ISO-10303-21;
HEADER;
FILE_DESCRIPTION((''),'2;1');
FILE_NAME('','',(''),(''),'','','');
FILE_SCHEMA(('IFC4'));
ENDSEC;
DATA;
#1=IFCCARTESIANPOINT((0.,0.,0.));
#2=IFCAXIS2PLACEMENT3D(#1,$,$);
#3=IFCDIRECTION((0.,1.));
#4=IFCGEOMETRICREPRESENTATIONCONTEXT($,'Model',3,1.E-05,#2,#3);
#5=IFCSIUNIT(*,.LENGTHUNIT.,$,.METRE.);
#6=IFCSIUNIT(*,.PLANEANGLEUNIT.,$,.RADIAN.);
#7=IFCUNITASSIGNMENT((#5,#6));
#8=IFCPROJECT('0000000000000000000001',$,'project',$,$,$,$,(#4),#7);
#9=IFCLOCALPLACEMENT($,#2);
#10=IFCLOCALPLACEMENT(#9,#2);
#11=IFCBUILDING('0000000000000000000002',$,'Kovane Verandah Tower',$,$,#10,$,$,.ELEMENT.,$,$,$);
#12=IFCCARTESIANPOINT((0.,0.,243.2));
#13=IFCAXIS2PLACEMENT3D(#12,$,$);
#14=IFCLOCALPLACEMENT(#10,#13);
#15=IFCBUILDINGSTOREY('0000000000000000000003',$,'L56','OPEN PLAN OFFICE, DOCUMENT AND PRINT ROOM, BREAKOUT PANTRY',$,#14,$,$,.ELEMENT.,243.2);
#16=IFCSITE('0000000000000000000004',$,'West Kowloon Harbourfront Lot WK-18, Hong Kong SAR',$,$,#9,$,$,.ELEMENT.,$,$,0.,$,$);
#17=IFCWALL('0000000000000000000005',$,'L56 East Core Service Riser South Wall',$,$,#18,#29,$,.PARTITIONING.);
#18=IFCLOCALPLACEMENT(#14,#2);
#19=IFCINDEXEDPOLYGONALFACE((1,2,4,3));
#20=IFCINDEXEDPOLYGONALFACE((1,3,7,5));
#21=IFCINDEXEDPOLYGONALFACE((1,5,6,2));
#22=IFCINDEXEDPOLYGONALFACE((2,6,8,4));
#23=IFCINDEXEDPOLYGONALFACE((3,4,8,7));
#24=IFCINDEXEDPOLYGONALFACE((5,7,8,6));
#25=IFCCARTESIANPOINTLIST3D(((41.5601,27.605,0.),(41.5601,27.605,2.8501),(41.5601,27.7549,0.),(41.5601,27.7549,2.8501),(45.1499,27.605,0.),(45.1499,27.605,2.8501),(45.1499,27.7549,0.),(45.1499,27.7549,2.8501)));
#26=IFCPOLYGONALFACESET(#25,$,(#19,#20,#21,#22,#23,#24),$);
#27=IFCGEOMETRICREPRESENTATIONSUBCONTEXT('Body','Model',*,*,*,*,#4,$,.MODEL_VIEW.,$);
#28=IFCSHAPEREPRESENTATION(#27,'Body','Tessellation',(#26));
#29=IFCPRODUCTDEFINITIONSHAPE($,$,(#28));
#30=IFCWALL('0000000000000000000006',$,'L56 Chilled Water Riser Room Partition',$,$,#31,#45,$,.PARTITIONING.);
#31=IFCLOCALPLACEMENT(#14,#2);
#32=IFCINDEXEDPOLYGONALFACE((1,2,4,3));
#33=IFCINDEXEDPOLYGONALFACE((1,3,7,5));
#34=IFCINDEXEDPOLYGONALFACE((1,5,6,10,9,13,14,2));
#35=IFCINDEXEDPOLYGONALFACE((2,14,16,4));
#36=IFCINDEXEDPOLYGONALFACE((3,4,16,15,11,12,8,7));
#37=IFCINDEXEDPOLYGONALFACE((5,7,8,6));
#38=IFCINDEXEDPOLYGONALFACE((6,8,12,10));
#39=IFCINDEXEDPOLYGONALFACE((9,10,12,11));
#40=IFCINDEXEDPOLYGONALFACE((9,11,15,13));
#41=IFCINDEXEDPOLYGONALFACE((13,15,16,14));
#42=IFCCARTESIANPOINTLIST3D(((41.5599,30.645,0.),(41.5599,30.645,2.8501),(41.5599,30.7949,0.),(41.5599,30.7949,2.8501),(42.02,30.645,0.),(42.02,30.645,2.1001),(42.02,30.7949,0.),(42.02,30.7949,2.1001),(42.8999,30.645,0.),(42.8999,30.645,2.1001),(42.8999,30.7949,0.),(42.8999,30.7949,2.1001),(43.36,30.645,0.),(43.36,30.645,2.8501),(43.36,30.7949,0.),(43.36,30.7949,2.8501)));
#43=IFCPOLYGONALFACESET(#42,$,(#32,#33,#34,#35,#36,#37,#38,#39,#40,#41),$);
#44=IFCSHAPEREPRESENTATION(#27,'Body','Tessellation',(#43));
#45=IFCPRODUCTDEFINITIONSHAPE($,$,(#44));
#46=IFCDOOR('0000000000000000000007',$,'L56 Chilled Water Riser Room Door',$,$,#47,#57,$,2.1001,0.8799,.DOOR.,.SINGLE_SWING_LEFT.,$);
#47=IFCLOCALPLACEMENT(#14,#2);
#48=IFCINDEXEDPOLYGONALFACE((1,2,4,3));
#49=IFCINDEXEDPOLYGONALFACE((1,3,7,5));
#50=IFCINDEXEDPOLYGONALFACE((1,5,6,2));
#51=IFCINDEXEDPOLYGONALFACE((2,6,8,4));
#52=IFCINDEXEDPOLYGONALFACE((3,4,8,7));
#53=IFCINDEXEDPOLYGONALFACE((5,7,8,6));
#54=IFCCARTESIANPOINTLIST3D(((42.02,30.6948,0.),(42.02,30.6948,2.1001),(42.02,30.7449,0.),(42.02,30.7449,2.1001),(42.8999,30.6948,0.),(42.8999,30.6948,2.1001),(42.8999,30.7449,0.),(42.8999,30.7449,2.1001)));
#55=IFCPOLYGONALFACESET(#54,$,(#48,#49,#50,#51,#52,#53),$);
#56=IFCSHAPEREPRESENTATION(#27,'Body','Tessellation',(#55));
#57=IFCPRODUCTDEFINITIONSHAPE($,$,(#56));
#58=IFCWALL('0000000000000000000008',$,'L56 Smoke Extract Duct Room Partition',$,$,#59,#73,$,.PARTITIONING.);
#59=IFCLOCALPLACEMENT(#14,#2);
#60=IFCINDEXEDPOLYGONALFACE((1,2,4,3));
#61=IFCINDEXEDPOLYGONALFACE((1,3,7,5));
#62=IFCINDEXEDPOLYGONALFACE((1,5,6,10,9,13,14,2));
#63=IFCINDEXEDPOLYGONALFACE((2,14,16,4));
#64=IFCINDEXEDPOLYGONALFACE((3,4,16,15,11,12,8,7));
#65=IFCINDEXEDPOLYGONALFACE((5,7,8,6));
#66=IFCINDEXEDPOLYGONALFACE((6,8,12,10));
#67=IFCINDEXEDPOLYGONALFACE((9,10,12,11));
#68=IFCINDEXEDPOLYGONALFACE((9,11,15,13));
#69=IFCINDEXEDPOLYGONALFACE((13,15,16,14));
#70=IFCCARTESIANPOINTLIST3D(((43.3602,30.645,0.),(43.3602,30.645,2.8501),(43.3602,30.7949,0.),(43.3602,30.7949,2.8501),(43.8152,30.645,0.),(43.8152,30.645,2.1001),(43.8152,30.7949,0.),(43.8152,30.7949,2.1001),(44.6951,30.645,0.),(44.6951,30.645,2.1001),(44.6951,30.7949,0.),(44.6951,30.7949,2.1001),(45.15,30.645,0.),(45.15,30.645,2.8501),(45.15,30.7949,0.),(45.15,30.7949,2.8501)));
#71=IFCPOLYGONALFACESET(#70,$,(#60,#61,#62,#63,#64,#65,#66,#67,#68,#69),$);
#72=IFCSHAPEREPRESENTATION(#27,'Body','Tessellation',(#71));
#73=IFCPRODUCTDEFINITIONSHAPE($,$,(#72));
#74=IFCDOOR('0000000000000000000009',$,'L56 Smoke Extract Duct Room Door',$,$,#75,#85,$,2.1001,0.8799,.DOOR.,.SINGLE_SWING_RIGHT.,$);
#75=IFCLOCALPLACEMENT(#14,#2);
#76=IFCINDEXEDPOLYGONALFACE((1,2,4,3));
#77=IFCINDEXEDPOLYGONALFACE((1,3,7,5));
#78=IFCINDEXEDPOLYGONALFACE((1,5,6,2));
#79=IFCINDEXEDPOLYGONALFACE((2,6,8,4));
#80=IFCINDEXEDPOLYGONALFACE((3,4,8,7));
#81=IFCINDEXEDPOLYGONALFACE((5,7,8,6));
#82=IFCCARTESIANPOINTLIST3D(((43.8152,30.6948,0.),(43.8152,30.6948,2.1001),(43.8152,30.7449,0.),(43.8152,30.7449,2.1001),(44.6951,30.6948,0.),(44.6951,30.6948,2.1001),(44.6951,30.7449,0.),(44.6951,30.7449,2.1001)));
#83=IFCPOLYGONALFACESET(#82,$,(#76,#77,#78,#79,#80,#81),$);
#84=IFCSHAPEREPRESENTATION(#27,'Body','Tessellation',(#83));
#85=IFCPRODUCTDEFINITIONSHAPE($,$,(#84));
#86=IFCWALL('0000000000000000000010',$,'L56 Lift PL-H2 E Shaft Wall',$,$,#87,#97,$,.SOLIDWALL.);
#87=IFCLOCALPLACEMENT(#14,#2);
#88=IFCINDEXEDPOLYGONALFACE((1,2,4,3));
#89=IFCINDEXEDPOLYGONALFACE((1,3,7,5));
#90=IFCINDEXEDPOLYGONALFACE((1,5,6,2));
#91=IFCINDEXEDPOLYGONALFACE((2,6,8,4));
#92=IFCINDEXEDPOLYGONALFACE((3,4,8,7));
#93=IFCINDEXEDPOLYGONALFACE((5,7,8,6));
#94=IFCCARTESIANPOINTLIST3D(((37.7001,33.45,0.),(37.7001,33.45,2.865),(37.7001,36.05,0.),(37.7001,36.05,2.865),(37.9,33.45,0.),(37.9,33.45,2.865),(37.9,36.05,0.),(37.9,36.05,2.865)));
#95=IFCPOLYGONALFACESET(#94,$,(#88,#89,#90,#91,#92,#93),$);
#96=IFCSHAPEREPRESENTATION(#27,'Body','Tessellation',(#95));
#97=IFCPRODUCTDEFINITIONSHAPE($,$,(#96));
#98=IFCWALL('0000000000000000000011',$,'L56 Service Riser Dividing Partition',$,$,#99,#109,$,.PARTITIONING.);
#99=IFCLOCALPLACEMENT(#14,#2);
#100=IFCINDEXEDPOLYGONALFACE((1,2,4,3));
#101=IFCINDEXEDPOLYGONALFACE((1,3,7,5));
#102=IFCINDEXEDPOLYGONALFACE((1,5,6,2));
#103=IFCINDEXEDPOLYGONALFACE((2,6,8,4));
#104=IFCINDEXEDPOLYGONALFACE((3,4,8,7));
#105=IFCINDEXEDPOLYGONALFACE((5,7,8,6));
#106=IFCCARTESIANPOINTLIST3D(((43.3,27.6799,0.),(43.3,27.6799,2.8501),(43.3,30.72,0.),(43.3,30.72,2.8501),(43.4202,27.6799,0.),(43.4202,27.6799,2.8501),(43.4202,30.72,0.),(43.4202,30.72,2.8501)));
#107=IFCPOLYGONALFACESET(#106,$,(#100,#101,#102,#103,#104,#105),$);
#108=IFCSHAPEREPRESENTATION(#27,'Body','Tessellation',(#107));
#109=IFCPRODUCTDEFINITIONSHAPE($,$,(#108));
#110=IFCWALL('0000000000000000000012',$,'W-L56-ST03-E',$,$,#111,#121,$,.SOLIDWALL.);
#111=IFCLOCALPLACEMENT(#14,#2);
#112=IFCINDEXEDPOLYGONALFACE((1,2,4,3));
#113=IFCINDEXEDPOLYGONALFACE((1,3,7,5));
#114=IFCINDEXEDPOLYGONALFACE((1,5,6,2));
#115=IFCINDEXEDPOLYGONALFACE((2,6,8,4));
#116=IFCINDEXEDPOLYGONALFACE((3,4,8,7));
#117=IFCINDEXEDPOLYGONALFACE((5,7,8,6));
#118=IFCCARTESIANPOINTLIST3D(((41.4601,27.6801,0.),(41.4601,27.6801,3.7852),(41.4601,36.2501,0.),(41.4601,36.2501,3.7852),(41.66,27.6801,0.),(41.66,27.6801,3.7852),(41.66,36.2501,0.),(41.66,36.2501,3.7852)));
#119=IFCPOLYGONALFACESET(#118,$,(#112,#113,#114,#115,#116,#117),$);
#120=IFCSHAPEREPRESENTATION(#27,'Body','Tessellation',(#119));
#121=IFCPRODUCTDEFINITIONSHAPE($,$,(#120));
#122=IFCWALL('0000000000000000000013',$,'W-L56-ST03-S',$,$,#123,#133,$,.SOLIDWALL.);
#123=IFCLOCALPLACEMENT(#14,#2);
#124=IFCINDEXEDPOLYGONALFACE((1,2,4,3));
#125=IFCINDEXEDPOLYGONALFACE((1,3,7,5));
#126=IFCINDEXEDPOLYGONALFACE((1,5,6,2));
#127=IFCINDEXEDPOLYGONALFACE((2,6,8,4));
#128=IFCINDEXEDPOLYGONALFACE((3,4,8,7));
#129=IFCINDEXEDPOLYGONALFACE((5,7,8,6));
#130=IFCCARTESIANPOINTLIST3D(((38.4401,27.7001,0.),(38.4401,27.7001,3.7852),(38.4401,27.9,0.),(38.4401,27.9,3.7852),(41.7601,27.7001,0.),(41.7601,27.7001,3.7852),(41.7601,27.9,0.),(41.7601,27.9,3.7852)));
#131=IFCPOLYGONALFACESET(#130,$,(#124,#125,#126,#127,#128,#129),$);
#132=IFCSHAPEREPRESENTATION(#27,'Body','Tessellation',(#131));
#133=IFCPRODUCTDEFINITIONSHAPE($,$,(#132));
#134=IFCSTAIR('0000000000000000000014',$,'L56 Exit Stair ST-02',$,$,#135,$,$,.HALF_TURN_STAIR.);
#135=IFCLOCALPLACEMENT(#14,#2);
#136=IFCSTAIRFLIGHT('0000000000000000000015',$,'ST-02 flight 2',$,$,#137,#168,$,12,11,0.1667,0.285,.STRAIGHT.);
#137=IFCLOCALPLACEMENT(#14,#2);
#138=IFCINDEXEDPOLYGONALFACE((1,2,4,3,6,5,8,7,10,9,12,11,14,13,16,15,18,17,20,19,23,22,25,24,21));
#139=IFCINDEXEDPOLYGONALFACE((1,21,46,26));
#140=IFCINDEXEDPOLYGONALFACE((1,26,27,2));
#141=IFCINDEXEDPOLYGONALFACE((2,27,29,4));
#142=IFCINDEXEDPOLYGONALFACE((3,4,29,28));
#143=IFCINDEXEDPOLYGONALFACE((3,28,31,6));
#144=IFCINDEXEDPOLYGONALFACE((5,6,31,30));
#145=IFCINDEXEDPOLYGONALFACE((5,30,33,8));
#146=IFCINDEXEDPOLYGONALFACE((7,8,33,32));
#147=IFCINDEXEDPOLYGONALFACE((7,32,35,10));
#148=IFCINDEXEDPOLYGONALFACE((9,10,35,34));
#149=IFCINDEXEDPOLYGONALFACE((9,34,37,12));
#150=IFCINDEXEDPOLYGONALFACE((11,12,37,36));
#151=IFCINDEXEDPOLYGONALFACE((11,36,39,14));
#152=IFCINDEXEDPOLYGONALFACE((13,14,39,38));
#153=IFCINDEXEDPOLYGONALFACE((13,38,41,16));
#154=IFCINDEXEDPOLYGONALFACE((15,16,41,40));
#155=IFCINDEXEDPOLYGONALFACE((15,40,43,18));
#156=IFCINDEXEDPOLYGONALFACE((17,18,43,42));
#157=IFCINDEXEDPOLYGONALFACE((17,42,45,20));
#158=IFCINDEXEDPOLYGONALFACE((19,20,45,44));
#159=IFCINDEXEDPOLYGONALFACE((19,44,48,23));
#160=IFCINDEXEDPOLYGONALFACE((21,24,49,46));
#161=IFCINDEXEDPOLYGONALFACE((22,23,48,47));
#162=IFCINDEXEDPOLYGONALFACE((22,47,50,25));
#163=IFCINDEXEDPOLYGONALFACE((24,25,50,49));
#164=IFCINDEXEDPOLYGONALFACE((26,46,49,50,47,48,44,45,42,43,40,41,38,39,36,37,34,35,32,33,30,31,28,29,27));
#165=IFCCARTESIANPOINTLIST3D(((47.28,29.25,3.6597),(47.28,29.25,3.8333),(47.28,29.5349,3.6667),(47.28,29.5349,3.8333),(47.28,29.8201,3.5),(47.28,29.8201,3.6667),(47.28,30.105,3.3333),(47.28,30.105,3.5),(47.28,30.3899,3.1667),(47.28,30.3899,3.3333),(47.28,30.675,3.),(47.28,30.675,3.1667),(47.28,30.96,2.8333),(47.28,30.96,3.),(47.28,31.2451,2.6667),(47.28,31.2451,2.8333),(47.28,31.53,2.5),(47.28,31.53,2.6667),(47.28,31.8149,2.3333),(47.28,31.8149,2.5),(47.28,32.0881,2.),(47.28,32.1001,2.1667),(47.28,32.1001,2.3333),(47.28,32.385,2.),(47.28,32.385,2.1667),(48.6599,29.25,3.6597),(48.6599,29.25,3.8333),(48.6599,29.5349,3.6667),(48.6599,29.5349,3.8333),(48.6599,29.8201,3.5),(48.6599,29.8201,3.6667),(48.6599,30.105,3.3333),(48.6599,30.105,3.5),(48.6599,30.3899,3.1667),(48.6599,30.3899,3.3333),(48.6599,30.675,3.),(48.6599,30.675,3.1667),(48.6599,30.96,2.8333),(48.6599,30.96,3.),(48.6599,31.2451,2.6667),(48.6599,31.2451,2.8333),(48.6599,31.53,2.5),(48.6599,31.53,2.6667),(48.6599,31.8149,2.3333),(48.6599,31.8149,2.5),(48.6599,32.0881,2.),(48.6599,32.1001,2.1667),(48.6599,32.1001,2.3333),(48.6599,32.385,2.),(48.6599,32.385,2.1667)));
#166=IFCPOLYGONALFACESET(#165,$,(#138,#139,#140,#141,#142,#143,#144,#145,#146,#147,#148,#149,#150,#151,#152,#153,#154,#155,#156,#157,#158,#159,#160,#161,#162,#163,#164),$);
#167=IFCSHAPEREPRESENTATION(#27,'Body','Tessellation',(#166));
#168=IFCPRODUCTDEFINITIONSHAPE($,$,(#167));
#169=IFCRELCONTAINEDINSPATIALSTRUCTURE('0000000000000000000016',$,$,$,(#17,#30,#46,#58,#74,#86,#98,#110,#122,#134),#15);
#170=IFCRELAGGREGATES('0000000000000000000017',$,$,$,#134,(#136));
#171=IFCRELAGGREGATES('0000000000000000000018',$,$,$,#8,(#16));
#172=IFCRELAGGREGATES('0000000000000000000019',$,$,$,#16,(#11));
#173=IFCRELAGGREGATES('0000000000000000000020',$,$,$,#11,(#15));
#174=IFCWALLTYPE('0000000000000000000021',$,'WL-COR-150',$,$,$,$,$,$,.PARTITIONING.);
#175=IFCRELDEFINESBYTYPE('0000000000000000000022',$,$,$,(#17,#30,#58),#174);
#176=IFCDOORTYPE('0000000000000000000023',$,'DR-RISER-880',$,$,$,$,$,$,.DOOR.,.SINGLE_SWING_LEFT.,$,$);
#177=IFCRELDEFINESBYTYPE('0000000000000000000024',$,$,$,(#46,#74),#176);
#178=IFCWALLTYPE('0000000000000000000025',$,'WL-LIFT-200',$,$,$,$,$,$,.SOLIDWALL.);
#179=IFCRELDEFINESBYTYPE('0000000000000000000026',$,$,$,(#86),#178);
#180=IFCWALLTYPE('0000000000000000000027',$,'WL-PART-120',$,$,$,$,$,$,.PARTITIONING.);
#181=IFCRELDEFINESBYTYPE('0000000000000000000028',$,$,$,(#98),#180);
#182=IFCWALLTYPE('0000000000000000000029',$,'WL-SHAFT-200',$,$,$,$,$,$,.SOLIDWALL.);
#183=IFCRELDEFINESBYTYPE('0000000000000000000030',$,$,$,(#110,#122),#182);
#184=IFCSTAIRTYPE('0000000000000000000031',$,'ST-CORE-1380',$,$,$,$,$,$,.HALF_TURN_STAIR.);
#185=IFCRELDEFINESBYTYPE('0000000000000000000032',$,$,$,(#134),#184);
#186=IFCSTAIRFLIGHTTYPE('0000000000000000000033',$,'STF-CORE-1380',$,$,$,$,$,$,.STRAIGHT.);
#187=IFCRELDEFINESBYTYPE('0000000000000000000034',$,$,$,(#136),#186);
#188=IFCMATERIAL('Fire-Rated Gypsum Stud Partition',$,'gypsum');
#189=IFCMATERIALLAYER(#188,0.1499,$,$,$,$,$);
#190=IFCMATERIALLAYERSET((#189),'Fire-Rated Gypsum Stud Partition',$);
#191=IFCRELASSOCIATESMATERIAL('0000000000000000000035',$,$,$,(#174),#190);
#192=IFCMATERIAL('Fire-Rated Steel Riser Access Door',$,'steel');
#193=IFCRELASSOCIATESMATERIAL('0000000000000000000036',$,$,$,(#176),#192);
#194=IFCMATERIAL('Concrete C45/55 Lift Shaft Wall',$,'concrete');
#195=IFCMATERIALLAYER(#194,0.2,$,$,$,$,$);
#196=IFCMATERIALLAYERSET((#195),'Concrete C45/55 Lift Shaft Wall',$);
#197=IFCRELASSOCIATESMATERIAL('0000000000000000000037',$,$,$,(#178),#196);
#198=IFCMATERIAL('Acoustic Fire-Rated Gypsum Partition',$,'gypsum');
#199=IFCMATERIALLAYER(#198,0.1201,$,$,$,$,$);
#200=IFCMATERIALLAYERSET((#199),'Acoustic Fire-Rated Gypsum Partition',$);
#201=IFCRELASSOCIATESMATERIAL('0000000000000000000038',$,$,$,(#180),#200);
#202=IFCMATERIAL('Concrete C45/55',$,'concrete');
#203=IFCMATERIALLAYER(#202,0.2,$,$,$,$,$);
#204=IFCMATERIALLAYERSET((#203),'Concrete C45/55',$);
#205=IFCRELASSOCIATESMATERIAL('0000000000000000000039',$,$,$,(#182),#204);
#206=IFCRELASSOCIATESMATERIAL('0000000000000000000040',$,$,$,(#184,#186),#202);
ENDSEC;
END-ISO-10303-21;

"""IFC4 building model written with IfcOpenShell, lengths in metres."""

from ifc_helpers import new_model, si_unit, direction, frame, frame_2d, origin, place, context, subcontext, project, spatial, polyline, rectangle, outline, extrude, material, layer, layer_set, type_object, element, fill, aggregate, save


model = new_model("IFC4")

# Units and contexts
model_context = context("Model", 3, precision=1e-05, world=origin(), true_north=direction((0.0, 1.0)))
body_context = subcontext(model_context, "Body", "Model", "MODEL_VIEW")
ifc_project = project(units=[si_unit("LENGTHUNIT", "METRE"), si_unit("PLANEANGLEUNIT", "RADIAN")], contexts=[model_context])

# Site, building, storey
site_placement = place(None, origin())
site = spatial("IfcSite", under=ifc_project, at=site_placement, Name="West Kowloon Harbourfront Lot WK-18, Hong Kong SAR", CompositionType="ELEMENT", RefElevation=0.0)
building_placement = place(site_placement, origin())
building = spatial("IfcBuilding", under=site, at=building_placement, Name="Kovane Verandah Tower", CompositionType="ELEMENT")
storey_placement = place(building_placement, frame((0.0, 0.0, 243.2)))
storey = spatial("IfcBuildingStorey", under=building, at=storey_placement, Name="L56", Description="OPEN PLAN OFFICE, DOCUMENT AND PRINT ROOM, BREAKOUT PANTRY", CompositionType="ELEMENT", Elevation=243.2)

# Wall
ifc_material_1 = material(Name="Fire-Rated Gypsum Stud Partition", Category="gypsum")
ifc_layer_1 = layer(ifc_material_1, 0.1499)
ifc_layer_set_1 = layer_set([ifc_layer_1], Name="Fire-Rated Gypsum Stud Partition")
wall_type_1 = type_object("IfcWallType", Name="WL-COR-150", PredefinedType="PARTITIONING", material=ifc_layer_set_1)
wall_1_placement = place(storey_placement, frame((41.5601, 27.6799, 0.0), z_axis=(0.0, 0.0, 1.0), x_axis=(1.0, 0.0, 0.0)))
element("IfcWall", 1, at=wall_1_placement, inside=storey, type_object=wall_type_1, Name="L56 East Core Service Riser South Wall", PredefinedType="PARTITIONING", context=body_context, shape_type="SweptSolid", body=[
    extrude(rectangle(XDim=3.5898, YDim=0.1499, at=frame_2d((1.7949, 0.0))), origin(), (0.0, 0.0, 1.0), 2.8501),
])

# Walls, openings, doors
wall_2_placement = place(storey_placement, frame((41.5601, 30.72, 0.0), z_axis=(0.0, 0.0, 1.0), x_axis=(1.0, 0.0, 0.0)))
wall_2 = element("IfcWall", 2, at=wall_2_placement, inside=storey, type_object=wall_type_1, Name="L56 Chilled Water Riser Room Partition", PredefinedType="PARTITIONING", context=body_context, shape_type="SweptSolid", body=[
    extrude(rectangle(XDim=1.8, YDim=0.1499, at=frame_2d((0.8999, 0.0))), origin(), (0.0, 0.0, 1.0), 2.8501),
])
opening_1_placement = place(wall_2_placement, frame((0.46, 0.0, 0.0)))
opening_1 = element("IfcOpeningElement", 3, at=opening_1_placement, cuts=wall_2, PredefinedType="OPENING", context=body_context, shape_type="SweptSolid", body=[
    extrude(rectangle(XDim=0.8799, YDim=2.1001, at=frame_2d((0.4399, 1.05))), frame((0.0, 0.075, 0.0), z_axis=(0.0, -1.0, 0.0), x_axis=(1.0, 0.0, 0.0)), (0.0, 0.0, 1.0), 0.1499),
])
ifc_material_2 = material(Name="Fire-Rated Steel Riser Access Door", Category="steel")
door_type_1 = type_object("IfcDoorType", Name="DR-RISER-880", OperationType="SINGLE_SWING_LEFT", PredefinedType="DOOR", material=ifc_material_2)
door_1_placement = place(opening_1_placement, origin())
door_1 = element("IfcDoor", 4, at=door_1_placement, inside=storey, type_object=door_type_1, Name="L56 Chilled Water Riser Room Door", OperationType="SINGLE_SWING_LEFT", OverallHeight=2.1001, OverallWidth=0.8799, PredefinedType="DOOR", context=body_context, shape_type="SweptSolid", body=[
    extrude(rectangle(XDim=0.8799, YDim=2.1001, at=frame_2d((0.4399, 1.05))), frame((0.0, 0.0249, 0.0), z_axis=(0.0, -1.0, 0.0), x_axis=(1.0, 0.0, 0.0)), (0.0, 0.0, 1.0), 0.05),
])
fill(opening_1, door_1)
wall_3_placement = place(storey_placement, frame((43.3601, 30.72, 0.0), z_axis=(0.0, 0.0, 1.0), x_axis=(1.0, 0.0, 0.0)))
wall_3 = element("IfcWall", 5, at=wall_3_placement, inside=storey, type_object=wall_type_1, Name="L56 Smoke Extract Duct Room Partition", PredefinedType="PARTITIONING", context=body_context, shape_type="SweptSolid", body=[
    extrude(rectangle(XDim=1.7898, YDim=0.1499, at=frame_2d((0.895, 0.0))), origin(), (0.0, 0.0, 1.0), 2.8501),
])
opening_2_placement = place(wall_3_placement, frame((0.4551, 0.0, 0.0)))
opening_2 = element("IfcOpeningElement", 6, at=opening_2_placement, cuts=wall_3, PredefinedType="OPENING", context=body_context, shape_type="SweptSolid", body=[
    extrude(rectangle(XDim=0.8799, YDim=2.1001, at=frame_2d((0.4399, 1.05))), frame((0.0, 0.075, 0.0), z_axis=(0.0, -1.0, 0.0), x_axis=(1.0, 0.0, 0.0)), (0.0, 0.0, 1.0), 0.1499),
])
door_2_placement = place(opening_2_placement, origin())
door_2 = element("IfcDoor", 7, at=door_2_placement, inside=storey, type_object=door_type_1, Name="L56 Smoke Extract Duct Room Door", OperationType="SINGLE_SWING_RIGHT", OverallHeight=2.1001, OverallWidth=0.8799, PredefinedType="DOOR", context=body_context, shape_type="SweptSolid", body=[
    extrude(rectangle(XDim=0.8799, YDim=2.1001, at=frame_2d((0.4399, 1.05))), frame((0.0, 0.0249, 0.0), z_axis=(0.0, -1.0, 0.0), x_axis=(1.0, 0.0, 0.0)), (0.0, 0.0, 1.0), 0.05),
])
fill(opening_2, door_2)
ifc_material_3 = material(Name="Concrete C45/55 Lift Shaft Wall", Category="concrete")
ifc_layer_2 = layer(ifc_material_3, 0.2)
ifc_layer_set_2 = layer_set([ifc_layer_2], Name="Concrete C45/55 Lift Shaft Wall")
wall_type_2 = type_object("IfcWallType", Name="WL-LIFT-200", PredefinedType="SOLIDWALL", material=ifc_layer_set_2)

# Walls
wall_4_placement = place(storey_placement, frame((37.8, 33.45, 0.0), z_axis=(0.0, 0.0, 1.0), x_axis=(0.0, 1.0, 0.0)))
element("IfcWall", 8, at=wall_4_placement, inside=storey, type_object=wall_type_2, Name="L56 Lift PL-H2 E Shaft Wall", PredefinedType="SOLIDWALL", context=body_context, shape_type="SweptSolid", body=[
    extrude(rectangle(XDim=2.6001, YDim=0.2, at=frame_2d((1.3, 0.0))), origin(), (0.0, 0.0, 1.0), 2.865),
])
ifc_material_4 = material(Name="Acoustic Fire-Rated Gypsum Partition", Category="gypsum")
ifc_layer_3 = layer(ifc_material_4, 0.1201)
ifc_layer_set_3 = layer_set([ifc_layer_3], Name="Acoustic Fire-Rated Gypsum Partition")
wall_type_3 = type_object("IfcWallType", Name="WL-PART-120", PredefinedType="PARTITIONING", material=ifc_layer_set_3)
wall_5_placement = place(storey_placement, frame((43.3601, 27.6799, 0.0), z_axis=(0.0, 0.0, 1.0), x_axis=(0.0, 1.0, 0.0)))
element("IfcWall", 9, at=wall_5_placement, inside=storey, type_object=wall_type_3, Name="L56 Service Riser Dividing Partition", PredefinedType="PARTITIONING", context=body_context, shape_type="SweptSolid", body=[
    extrude(rectangle(XDim=3.04, YDim=0.1201, at=frame_2d((1.52, 0.0))), origin(), (0.0, 0.0, 1.0), 2.8501),
])

# Shared definitions
ifc_material_5 = material(Name="Concrete C45/55", Category="concrete")
ifc_layer_4 = layer(ifc_material_5, 0.2)
ifc_layer_set_4 = layer_set([ifc_layer_4], Name="Concrete C45/55")
wall_type_4 = type_object("IfcWallType", Name="WL-SHAFT-200", PredefinedType="SOLIDWALL", material=ifc_layer_set_4)

# Walls
wall_6_placement = place(storey_placement, frame((41.5601, 27.6799, 0.0), z_axis=(0.0, 0.0, 1.0), x_axis=(0.0, 1.0, 0.0)))
element("IfcWall", 10, at=wall_6_placement, inside=storey, type_object=wall_type_4, Name="W-L56-ST03-E", PredefinedType="SOLIDWALL", context=body_context, shape_type="SweptSolid", body=[
    extrude(rectangle(XDim=8.5701, YDim=0.2, at=frame_2d((4.2852, 0.0))), origin(), (0.0, 0.0, 1.0), 3.7852),
])
wall_7_placement = place(storey_placement, frame((38.4399, 27.8, 0.0), z_axis=(0.0, 0.0, 1.0), x_axis=(1.0, 0.0, 0.0)))
element("IfcWall", 11, at=wall_7_placement, inside=storey, type_object=wall_type_4, Name="W-L56-ST03-S", PredefinedType="SOLIDWALL", context=body_context, shape_type="SweptSolid", body=[
    extrude(rectangle(XDim=3.3201, YDim=0.2, at=frame_2d((1.6602, 0.0))), origin(), (0.0, 0.0, 1.0), 3.7852),
])

# Stair, stair flight
stair_type = type_object("IfcStairType", Name="ST-CORE-1380", PredefinedType="HALF_TURN_STAIR", material=ifc_material_5)
stair_1_placement = place(storey_placement, origin())
stair_1 = element("IfcStair", 12, at=stair_1_placement, inside=storey, type_object=stair_type, Name="L56 Exit Stair ST-02", PredefinedType="HALF_TURN_STAIR")
stair_flight_type = type_object("IfcStairFlightType", Name="STF-CORE-1380", PredefinedType="STRAIGHT", material=ifc_material_5)
stair_flight_1_placement = place(storey_placement, frame((47.97, 32.385, 2.0), z_axis=(0.0, 0.0, 1.0), x_axis=(0.0, -1.0, 0.0)))
stair_flight_1 = element("IfcStairFlight", 13, at=stair_flight_1_placement, type_object=stair_flight_type, Name="ST-02 flight 2", NumberOfRisers=12, NumberOfTreads=11, PredefinedType="STRAIGHT", RiserHeight=0.1667, TreadLength=0.285, context=body_context, shape_type="SweptSolid", body=[
    extrude(outline(polyline([(0.0, 0.0), (0.0, 0.1667), (0.2849, 0.1667), (0.2849, 0.3333), (0.5701, 0.3333), (0.5701, 0.5), (0.855, 0.5), (0.855, 0.6667), (1.1399, 0.6667), (1.1399, 0.8333), (1.425, 0.8333), (1.425, 1.0), (1.71, 1.0), (1.71, 1.1667), (1.9951, 1.1667), (1.9951, 1.3333), (2.28, 1.3333), (2.28, 1.5), (2.5649, 1.5), (2.5649, 1.6667), (2.8501, 1.6667), (2.8501, 1.8333), (3.135, 1.8333), (3.135, 2.0), (3.135, 1.6597), (0.2969, 0.0), (0.0, 0.0)])), frame((0.0, 0.6899, 0.0), z_axis=(0.0, -1.0, 0.0), x_axis=(1.0, 0.0, 0.0)), (0.0, 0.0, 1.0), 1.3799),
])
aggregate(stair_1, [stair_flight_1])

save(model, "model.ifc")
